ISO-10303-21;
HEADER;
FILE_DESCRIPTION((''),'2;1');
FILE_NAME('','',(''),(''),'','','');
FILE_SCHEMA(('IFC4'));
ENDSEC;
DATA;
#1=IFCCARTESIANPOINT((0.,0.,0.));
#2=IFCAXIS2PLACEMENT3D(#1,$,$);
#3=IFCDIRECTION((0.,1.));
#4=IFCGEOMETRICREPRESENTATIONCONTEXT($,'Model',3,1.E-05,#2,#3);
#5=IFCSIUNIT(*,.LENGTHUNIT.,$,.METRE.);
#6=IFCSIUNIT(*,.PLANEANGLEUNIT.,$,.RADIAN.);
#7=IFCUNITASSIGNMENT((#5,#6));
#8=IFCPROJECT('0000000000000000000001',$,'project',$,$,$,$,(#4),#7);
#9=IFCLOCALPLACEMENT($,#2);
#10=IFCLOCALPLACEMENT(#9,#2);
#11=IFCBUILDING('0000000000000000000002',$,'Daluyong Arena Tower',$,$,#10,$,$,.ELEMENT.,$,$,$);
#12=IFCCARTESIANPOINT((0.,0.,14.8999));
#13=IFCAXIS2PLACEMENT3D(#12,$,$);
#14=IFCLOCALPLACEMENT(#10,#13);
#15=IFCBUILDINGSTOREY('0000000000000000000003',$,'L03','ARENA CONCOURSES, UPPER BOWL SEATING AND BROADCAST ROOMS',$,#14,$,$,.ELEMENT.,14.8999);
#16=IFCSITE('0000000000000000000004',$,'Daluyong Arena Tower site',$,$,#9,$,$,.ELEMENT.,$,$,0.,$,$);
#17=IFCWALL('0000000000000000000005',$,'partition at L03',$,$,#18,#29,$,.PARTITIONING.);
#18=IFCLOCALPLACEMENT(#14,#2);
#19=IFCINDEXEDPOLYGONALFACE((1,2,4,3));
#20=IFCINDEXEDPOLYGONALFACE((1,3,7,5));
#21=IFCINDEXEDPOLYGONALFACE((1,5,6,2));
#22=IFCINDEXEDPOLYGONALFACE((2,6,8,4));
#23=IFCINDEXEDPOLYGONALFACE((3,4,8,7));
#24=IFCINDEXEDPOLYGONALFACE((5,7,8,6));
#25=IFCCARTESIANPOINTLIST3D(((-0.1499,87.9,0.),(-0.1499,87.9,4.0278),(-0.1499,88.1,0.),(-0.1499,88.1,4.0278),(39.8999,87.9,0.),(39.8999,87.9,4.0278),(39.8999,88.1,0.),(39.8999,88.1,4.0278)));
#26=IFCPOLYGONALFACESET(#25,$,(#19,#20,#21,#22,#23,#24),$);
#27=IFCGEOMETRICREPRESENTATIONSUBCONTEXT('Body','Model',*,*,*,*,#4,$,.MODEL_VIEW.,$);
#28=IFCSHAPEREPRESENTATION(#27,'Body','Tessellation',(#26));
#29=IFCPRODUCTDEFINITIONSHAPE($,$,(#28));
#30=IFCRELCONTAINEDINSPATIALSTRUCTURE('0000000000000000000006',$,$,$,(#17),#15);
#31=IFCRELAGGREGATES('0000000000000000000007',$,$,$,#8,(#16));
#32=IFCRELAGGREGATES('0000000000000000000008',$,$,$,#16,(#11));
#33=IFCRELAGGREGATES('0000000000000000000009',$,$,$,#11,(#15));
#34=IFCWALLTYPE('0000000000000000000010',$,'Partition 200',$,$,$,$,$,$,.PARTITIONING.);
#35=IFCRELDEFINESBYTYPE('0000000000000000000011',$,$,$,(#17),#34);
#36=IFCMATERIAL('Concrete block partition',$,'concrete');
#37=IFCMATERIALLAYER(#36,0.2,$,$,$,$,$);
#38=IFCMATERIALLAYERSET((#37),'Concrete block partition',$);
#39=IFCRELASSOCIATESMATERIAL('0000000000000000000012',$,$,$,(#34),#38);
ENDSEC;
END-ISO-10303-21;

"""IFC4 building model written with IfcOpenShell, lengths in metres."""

from ifc_helpers import new_model, si_unit, direction, frame, frame_2d, origin, place, context, subcontext, project, spatial, rectangle, extrude, material, layer, layer_set, type_object, element, save


model = new_model("IFC4")

# Units and contexts
model_context = context("Model", 3, precision=1e-05, world=origin(), true_north=direction((0.0, 1.0)))
body_context = subcontext(model_context, "Body", "Model", "MODEL_VIEW")
ifc_project = project(units=[si_unit("LENGTHUNIT", "METRE"), si_unit("PLANEANGLEUNIT", "RADIAN")], contexts=[model_context])

# Site, building, storey
site_placement = place(None, origin())
site = spatial("IfcSite", under=ifc_project, at=site_placement, Name="Daluyong Arena Tower site", CompositionType="ELEMENT", RefElevation=0.0)
building_placement = place(site_placement, origin())
building = spatial("IfcBuilding", under=site, at=building_placement, Name="Daluyong Arena Tower", CompositionType="ELEMENT")
storey_placement = place(building_placement, frame((0.0, 0.0, 14.8999)))
storey = spatial("IfcBuildingStorey", under=building, at=storey_placement, Name="L03", Description="ARENA CONCOURSES, UPPER BOWL SEATING AND BROADCAST ROOMS", CompositionType="ELEMENT", Elevation=14.8999)

# Wall
ifc_material_1 = material(Name="Concrete block partition", Category="concrete")
ifc_layer = layer(ifc_material_1, 0.2)
ifc_layer_set = layer_set([ifc_layer], Name="Concrete block partition")
wall_type = type_object("IfcWallType", Name="Partition 200", PredefinedType="PARTITIONING", material=ifc_layer_set)
wall_placement = place(storey_placement, frame((-0.1499, 88.0, 0.0), z_axis=(0.0, 0.0, 1.0), x_axis=(1.0, 0.0, 0.0)))
element("IfcWall", 1, at=wall_placement, inside=storey, type_object=wall_type, Name="partition at L03", PredefinedType="PARTITIONING", context=body_context, shape_type="SweptSolid", body=[
    extrude(rectangle(XDim=40.0498, YDim=0.2, at=frame_2d((20.0249, 0.0))), origin(), (0.0, 0.0, 1.0), 4.0278),
])

save(model, "model.ifc")
